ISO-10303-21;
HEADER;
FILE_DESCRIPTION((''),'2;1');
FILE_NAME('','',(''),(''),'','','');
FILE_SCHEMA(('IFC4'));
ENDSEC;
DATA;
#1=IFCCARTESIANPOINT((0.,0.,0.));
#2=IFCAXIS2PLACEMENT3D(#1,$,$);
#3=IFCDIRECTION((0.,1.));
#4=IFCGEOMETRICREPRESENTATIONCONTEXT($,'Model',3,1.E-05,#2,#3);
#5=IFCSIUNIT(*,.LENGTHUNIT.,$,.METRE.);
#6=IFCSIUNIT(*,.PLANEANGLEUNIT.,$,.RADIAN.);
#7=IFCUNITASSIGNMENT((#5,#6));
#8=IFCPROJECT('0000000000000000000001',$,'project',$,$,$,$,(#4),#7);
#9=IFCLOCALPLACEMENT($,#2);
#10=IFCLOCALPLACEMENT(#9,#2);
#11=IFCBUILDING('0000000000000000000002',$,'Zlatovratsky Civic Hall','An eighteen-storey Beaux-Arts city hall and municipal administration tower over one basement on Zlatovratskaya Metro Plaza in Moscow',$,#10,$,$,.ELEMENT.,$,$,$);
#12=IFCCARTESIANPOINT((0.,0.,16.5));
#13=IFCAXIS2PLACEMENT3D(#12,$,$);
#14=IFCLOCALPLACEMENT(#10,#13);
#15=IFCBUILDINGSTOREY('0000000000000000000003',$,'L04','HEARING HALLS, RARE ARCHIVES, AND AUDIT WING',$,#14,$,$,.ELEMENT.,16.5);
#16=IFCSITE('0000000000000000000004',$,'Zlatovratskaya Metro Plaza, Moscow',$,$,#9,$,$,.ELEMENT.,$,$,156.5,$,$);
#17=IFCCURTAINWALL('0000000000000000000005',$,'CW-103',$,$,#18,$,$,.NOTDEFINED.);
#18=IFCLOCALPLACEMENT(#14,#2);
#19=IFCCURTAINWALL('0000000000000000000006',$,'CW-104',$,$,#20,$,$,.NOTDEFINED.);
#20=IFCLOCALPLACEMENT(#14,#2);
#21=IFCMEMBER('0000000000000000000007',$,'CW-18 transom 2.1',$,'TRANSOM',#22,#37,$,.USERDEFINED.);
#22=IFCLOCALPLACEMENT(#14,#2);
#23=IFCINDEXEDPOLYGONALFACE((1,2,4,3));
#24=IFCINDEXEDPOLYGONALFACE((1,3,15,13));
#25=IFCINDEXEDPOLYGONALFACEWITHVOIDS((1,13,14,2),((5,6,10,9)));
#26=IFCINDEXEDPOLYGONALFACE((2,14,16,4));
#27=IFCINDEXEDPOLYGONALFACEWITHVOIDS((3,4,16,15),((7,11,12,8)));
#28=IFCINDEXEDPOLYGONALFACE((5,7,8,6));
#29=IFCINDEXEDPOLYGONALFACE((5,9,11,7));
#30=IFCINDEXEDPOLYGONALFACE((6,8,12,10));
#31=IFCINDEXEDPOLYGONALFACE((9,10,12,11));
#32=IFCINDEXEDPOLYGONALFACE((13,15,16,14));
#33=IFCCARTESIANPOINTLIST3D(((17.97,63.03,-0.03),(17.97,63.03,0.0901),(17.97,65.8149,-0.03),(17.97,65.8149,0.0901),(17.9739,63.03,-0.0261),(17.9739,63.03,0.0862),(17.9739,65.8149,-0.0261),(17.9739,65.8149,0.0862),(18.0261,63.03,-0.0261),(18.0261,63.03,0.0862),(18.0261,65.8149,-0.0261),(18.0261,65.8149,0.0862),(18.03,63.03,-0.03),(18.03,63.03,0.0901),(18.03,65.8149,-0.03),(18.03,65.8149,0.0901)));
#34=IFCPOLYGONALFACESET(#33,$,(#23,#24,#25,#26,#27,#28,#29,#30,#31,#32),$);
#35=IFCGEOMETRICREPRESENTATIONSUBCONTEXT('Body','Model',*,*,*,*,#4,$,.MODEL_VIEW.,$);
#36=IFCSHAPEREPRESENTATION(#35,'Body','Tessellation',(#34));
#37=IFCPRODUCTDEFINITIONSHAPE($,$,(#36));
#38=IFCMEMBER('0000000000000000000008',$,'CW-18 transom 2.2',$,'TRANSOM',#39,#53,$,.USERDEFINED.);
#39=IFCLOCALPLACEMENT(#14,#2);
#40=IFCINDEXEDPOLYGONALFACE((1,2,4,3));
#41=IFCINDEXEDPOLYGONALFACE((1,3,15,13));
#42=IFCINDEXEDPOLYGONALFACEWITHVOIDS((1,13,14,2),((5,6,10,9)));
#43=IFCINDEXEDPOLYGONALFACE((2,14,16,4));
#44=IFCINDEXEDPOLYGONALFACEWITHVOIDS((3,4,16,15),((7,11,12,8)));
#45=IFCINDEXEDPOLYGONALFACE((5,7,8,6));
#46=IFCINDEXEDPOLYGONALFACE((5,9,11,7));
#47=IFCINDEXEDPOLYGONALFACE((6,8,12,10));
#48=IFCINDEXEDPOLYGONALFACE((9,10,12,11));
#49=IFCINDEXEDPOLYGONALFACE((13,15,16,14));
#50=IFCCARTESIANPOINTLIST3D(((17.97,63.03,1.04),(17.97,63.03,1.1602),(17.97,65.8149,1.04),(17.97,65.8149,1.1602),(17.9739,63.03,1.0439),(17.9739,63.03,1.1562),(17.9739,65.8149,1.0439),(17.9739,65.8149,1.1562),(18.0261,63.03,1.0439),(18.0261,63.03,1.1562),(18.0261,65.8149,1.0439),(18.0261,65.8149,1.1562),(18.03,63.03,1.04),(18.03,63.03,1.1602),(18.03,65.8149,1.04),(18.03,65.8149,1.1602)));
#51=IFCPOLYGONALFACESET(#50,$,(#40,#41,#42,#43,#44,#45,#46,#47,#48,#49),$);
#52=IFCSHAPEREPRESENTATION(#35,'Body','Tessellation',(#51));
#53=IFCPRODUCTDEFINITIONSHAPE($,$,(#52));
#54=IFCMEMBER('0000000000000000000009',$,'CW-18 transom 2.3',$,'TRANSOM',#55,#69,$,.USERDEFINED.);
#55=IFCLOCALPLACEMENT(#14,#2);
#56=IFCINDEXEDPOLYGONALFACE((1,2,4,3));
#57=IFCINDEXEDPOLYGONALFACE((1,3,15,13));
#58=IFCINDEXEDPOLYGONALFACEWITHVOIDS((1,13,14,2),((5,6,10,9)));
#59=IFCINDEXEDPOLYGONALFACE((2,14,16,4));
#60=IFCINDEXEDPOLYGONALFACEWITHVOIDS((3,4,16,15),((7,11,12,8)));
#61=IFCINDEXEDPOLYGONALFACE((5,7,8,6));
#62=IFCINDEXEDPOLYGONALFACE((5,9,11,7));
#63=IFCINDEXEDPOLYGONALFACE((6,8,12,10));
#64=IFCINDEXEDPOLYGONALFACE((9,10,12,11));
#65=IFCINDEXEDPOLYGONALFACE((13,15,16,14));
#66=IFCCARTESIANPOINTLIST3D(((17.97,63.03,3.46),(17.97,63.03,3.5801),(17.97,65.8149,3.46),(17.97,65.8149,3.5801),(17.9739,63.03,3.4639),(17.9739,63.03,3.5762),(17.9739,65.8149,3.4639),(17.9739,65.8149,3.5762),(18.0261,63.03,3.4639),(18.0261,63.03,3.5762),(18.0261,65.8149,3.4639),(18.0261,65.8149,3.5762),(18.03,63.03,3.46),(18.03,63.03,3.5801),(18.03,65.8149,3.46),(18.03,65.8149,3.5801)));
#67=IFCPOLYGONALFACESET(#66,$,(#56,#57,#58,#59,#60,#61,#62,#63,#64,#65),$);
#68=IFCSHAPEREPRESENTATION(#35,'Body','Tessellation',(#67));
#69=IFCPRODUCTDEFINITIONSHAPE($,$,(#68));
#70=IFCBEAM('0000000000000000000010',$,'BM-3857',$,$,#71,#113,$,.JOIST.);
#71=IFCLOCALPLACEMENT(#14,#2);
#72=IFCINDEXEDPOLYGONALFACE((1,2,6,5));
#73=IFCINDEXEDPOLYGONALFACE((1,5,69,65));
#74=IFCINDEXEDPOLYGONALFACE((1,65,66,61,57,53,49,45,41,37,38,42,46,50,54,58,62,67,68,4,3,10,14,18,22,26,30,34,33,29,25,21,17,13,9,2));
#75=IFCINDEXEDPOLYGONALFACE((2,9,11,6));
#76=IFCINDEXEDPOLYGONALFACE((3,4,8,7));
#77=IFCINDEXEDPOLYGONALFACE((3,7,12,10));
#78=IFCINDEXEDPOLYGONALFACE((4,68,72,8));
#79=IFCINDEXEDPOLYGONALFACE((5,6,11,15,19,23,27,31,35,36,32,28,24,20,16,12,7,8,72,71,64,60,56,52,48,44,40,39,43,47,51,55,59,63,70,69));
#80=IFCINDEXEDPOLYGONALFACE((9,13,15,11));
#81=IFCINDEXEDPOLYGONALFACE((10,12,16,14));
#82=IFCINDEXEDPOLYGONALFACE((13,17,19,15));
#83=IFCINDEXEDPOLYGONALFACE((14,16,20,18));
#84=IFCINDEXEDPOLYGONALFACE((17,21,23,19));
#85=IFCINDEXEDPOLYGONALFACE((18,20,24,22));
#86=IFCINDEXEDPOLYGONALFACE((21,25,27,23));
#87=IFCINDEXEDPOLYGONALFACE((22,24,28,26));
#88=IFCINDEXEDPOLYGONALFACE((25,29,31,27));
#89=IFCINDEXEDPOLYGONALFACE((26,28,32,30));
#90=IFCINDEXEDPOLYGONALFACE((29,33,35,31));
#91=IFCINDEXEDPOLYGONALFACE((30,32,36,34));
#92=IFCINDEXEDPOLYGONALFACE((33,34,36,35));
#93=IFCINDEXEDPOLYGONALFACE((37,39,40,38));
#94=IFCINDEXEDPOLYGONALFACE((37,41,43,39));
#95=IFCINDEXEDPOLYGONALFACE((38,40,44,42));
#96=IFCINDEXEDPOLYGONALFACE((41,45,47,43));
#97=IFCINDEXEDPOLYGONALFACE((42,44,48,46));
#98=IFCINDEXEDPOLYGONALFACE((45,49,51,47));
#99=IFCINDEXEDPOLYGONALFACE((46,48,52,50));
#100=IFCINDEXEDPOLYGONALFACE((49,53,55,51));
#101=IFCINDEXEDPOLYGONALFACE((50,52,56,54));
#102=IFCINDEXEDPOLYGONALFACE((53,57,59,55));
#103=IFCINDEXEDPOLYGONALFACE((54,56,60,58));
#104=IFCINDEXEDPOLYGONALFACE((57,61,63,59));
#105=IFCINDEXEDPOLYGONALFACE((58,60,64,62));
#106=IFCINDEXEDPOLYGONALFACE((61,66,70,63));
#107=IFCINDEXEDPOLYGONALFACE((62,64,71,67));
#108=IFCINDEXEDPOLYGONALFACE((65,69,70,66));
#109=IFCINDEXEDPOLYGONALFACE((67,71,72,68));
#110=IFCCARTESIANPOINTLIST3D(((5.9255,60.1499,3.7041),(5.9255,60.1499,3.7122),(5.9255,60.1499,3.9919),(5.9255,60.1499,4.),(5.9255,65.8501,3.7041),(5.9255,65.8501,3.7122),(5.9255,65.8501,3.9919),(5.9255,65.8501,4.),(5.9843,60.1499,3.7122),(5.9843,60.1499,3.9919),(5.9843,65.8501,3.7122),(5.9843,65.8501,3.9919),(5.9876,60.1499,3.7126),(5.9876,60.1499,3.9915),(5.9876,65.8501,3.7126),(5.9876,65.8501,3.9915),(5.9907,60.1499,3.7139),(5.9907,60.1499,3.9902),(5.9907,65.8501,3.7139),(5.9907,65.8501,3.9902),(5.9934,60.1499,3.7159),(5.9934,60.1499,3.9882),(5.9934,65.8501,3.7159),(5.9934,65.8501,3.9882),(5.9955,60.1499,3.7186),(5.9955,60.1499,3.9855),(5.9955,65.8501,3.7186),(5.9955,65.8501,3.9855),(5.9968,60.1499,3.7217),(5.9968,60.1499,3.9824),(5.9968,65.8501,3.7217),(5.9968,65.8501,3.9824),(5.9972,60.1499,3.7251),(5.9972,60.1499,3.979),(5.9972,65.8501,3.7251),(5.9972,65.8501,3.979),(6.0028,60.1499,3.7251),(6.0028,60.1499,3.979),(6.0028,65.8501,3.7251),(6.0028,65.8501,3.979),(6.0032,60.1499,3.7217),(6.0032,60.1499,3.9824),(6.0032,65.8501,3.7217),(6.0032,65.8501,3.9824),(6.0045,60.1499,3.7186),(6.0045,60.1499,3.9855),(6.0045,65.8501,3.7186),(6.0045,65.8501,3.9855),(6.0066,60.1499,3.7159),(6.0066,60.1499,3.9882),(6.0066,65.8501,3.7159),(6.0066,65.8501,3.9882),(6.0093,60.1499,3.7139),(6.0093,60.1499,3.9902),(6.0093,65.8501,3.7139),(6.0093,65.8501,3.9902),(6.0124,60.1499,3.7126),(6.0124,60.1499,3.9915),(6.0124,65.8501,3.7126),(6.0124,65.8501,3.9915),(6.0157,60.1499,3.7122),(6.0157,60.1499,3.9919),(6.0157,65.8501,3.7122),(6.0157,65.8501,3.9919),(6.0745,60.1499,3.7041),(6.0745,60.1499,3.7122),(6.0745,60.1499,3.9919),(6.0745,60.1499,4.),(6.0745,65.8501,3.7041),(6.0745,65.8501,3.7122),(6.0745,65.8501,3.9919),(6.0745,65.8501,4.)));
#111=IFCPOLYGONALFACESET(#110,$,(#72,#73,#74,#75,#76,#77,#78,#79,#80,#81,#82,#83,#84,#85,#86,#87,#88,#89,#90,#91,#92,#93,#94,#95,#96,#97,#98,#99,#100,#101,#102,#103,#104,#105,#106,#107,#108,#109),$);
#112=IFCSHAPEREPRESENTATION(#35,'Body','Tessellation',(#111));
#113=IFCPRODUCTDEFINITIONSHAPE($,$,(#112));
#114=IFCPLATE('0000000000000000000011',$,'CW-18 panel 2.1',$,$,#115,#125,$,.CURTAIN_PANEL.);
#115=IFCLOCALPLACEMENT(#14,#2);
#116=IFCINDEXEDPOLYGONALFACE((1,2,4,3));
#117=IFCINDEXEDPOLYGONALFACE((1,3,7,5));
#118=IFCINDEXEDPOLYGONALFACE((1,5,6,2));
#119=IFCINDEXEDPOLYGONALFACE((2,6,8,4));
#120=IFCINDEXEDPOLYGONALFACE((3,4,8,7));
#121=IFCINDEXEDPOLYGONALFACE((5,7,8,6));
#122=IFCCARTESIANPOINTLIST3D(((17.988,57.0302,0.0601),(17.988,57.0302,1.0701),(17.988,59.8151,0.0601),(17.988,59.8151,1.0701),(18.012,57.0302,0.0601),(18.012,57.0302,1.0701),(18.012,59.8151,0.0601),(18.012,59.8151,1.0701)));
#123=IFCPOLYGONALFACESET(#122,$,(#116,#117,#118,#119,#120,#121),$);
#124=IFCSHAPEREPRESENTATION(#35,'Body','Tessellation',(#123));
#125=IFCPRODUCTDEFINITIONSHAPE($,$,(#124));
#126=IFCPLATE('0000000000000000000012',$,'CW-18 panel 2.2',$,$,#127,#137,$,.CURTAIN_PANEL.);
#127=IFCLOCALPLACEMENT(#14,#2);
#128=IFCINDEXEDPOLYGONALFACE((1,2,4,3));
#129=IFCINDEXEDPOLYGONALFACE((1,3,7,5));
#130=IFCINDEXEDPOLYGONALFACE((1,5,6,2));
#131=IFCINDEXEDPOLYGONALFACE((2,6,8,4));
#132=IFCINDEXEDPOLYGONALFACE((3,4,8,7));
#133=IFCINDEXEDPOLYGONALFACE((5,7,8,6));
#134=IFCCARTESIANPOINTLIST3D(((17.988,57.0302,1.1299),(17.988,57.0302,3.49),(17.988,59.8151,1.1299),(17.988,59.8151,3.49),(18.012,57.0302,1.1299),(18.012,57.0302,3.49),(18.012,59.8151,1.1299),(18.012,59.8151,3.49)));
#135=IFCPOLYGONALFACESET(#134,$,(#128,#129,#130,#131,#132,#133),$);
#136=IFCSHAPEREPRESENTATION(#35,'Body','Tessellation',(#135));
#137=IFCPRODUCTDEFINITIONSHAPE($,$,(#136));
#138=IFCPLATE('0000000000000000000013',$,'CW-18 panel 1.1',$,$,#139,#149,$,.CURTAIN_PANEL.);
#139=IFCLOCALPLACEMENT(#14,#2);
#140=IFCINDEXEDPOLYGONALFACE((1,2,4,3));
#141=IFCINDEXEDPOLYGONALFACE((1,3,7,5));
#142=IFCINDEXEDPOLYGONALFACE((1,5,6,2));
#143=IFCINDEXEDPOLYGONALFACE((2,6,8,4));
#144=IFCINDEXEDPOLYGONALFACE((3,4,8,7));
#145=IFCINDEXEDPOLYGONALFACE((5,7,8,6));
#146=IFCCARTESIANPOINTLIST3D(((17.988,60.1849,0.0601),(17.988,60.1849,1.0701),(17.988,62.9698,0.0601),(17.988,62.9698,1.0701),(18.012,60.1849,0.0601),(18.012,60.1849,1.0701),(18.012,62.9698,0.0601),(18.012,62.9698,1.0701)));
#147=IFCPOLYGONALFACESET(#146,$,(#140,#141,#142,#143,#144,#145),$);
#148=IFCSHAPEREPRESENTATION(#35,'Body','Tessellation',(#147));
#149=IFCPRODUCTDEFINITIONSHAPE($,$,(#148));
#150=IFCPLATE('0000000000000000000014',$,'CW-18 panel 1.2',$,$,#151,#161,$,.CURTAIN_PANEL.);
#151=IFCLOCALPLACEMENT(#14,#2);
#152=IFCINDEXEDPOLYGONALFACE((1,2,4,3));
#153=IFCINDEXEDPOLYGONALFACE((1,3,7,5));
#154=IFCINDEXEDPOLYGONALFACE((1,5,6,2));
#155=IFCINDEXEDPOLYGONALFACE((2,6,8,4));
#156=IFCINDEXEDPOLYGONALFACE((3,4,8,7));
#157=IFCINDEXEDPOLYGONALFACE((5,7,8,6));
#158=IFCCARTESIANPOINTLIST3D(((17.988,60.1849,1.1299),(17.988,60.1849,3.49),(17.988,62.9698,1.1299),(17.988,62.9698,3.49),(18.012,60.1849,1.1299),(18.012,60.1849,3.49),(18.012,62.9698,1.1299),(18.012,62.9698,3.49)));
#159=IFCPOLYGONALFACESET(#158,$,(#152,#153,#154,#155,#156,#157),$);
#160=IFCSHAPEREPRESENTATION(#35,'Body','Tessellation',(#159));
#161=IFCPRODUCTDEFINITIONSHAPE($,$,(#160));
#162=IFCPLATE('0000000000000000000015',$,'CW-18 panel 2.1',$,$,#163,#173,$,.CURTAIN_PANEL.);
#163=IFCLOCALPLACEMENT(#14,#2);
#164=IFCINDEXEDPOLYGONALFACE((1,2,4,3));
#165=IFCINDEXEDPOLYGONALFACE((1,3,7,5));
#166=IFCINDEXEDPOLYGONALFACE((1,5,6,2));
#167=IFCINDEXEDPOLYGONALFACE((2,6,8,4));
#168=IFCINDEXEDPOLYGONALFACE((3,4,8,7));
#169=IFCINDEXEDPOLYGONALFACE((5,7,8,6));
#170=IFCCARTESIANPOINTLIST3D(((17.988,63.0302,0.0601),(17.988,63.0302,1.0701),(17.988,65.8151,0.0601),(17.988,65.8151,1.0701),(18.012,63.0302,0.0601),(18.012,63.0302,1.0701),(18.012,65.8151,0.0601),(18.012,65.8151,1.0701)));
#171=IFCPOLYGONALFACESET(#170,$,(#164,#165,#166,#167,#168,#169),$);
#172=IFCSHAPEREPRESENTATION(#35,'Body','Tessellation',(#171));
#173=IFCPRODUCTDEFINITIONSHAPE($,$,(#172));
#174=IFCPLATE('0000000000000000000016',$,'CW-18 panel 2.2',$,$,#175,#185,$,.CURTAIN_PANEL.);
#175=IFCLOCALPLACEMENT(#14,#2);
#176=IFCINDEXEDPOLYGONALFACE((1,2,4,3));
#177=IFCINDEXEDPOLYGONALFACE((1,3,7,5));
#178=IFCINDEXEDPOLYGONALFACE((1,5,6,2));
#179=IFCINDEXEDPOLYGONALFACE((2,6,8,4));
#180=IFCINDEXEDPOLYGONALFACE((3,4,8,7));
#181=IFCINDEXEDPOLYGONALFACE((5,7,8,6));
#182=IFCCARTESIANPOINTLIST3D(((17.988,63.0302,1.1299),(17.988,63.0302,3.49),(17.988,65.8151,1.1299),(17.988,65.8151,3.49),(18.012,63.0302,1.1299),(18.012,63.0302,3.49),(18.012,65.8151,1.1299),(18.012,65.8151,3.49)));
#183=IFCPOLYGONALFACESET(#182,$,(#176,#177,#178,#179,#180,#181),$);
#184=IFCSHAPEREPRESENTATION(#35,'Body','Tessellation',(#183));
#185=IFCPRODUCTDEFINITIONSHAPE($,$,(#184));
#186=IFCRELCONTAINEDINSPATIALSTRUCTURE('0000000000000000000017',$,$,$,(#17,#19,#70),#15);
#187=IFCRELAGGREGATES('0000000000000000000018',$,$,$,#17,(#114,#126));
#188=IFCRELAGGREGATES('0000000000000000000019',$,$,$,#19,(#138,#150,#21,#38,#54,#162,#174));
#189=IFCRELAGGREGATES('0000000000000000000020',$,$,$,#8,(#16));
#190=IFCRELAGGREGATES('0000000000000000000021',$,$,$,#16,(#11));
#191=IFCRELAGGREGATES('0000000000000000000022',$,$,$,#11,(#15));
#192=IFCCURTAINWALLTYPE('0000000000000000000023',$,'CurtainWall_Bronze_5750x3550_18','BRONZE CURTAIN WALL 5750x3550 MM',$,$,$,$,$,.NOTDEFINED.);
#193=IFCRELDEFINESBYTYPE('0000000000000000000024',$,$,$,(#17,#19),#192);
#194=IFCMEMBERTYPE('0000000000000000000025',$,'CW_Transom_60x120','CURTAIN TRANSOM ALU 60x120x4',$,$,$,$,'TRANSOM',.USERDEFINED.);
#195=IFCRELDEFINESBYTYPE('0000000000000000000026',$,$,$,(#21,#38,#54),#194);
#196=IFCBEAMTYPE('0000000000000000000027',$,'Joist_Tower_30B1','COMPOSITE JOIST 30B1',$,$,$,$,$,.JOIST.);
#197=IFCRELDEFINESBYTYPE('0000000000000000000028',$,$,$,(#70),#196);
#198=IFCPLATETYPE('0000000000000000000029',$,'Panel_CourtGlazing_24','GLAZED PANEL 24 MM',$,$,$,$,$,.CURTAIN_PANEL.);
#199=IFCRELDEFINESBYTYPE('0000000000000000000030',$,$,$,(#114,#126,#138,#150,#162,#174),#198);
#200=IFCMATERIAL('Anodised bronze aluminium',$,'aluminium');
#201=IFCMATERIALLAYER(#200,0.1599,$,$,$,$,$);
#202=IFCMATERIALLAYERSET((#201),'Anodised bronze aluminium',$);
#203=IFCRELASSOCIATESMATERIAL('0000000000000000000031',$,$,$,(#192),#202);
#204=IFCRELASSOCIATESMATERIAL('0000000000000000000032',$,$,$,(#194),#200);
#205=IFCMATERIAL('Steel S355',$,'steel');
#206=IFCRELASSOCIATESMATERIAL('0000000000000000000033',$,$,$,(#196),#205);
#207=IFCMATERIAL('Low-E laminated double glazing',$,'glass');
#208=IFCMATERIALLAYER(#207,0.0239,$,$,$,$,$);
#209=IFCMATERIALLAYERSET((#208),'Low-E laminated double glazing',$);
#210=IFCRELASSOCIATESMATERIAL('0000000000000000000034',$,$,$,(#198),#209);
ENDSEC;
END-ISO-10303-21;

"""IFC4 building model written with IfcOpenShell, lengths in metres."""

from ifc_helpers import new_model, si_unit, direction, frame, origin, origin_2d, place, context, subcontext, project, spatial, rectangle, hollow_rectangle, i_section, extrude, material, layer, layer_set, material_profile, profile_set, type_object, element, aggregate, save


model = new_model("IFC4")

# Units and contexts
model_context = context("Model", 3, precision=1e-05, world=origin(), true_north=direction((0.0, 1.0)))
body_context = subcontext(model_context, "Body", "Model", "MODEL_VIEW")
ifc_project = project(units=[si_unit("LENGTHUNIT", "METRE"), si_unit("PLANEANGLEUNIT", "RADIAN")], contexts=[model_context])

# Site, building, storey
site_placement = place(None, origin())
site = spatial("IfcSite", under=ifc_project, at=site_placement, Name="Zlatovratskaya Metro Plaza, Moscow", CompositionType="ELEMENT", RefElevation=156.5)
building_placement = place(site_placement, origin())
building = spatial("IfcBuilding", under=site, at=building_placement, Name="Zlatovratsky Civic Hall", Description="An eighteen-storey Beaux-Arts city hall and municipal administration tower over one basement on Zlatovratskaya Metro Plaza in Moscow", CompositionType="ELEMENT")
storey_placement = place(building_placement, frame((0.0, 0.0, 16.5)))
storey = spatial("IfcBuildingStorey", under=building, at=storey_placement, Name="L04", Description="HEARING HALLS, RARE ARCHIVES, AND AUDIT WING", CompositionType="ELEMENT", Elevation=16.5)

# Shared definitions
ifc_material_1 = material(Name="Steel S355", Category="steel")

# Curtain walls
ifc_material_2 = material(Name="Anodised bronze aluminium", Category="aluminium")
ifc_layer_1 = layer(ifc_material_2, 0.1599)
ifc_layer_set_1 = layer_set([ifc_layer_1], Name="Anodised bronze aluminium")
curtain_wall_type = type_object("IfcCurtainWallType", Name="CurtainWall_Bronze_5750x3550_18", Description="BRONZE CURTAIN WALL 5750x3550 MM", PredefinedType="NOTDEFINED", material=ifc_layer_set_1)
curtain_wall_1_placement = place(storey_placement, origin())
curtain_wall_1 = element("IfcCurtainWall", 1, at=curtain_wall_1_placement, inside=storey, type_object=curtain_wall_type, Name="CW-103", PredefinedType="NOTDEFINED")
curtain_wall_2_placement = place(storey_placement, origin())
curtain_wall_2 = element("IfcCurtainWall", 2, at=curtain_wall_2_placement, inside=storey, type_object=curtain_wall_type, Name="CW-104", PredefinedType="NOTDEFINED")

# Members
ifc_material_profile_1 = material_profile(ifc_material_2, hollow_rectangle(XDim=0.0601, YDim=0.1201, WallThickness=0.0039, at=origin_2d()), Name="ALU 60x120x4")
ifc_profile_set_1 = profile_set([ifc_material_profile_1], Name="Anodised bronze aluminium")
member_type_1 = type_object("IfcMemberType", Name="CW_Transom_60x120", Description="CURTAIN TRANSOM ALU 60x120x4", ElementType="TRANSOM", PredefinedType="USERDEFINED", material=ifc_profile_set_1)
member_1_placement = place(storey_placement, frame((18.0, 63.03, 0.03), z_axis=(0.0, 1.0, 0.0), x_axis=(-1.0, 0.0, 0.0)))
member_1 = element("IfcMember", 3, at=member_1_placement, type_object=member_type_1, Name="CW-18 transom 2.1", ObjectType="TRANSOM", PredefinedType="USERDEFINED", context=body_context, shape_type="SweptSolid", body=[
    extrude(hollow_rectangle(XDim=0.0601, YDim=0.1201, WallThickness=0.0039, at=origin_2d()), origin(), (0.0, 0.0, 1.0), 2.7849),
])
member_2_placement = place(storey_placement, frame((18.0, 63.03, 1.1001), z_axis=(0.0, 1.0, 0.0), x_axis=(-1.0, 0.0, 0.0)))
member_2 = element("IfcMember", 4, at=member_2_placement, type_object=member_type_1, Name="CW-18 transom 2.2", ObjectType="TRANSOM", PredefinedType="USERDEFINED", context=body_context, shape_type="SweptSolid", body=[
    extrude(hollow_rectangle(XDim=0.0601, YDim=0.1201, WallThickness=0.0039, at=origin_2d()), origin(), (0.0, 0.0, 1.0), 2.7849),
])
member_3_placement = place(storey_placement, frame((18.0, 63.03, 3.52), z_axis=(0.0, 1.0, 0.0), x_axis=(-1.0, 0.0, 0.0)))
member_3 = element("IfcMember", 5, at=member_3_placement, type_object=member_type_1, Name="CW-18 transom 2.3", ObjectType="TRANSOM", PredefinedType="USERDEFINED", context=body_context, shape_type="SweptSolid", body=[
    extrude(hollow_rectangle(XDim=0.0601, YDim=0.1201, WallThickness=0.0039, at=origin_2d()), origin(), (0.0, 0.0, 1.0), 2.7849),
])

# Beam
ifc_material_profile_2 = material_profile(ifc_material_1, i_section(OverallWidth=0.1489, OverallDepth=0.2959, WebThickness=0.0056, FlangeThickness=0.0081, FilletRadius=0.0129, at=origin_2d()), Name="30B1")
ifc_profile_set_2 = profile_set([ifc_material_profile_2], Name="Steel S355")
beam_type_1 = type_object("IfcBeamType", Name="Joist_Tower_30B1", Description="COMPOSITE JOIST 30B1", PredefinedType="JOIST", material=ifc_profile_set_2)
beam_1_placement = place(storey_placement, frame((6.0, 60.1499, 3.8521), z_axis=(0.0, 1.0, 0.0), x_axis=(-1.0, 0.0, 0.0)))
element("IfcBeam", 6, at=beam_1_placement, inside=storey, type_object=beam_type_1, Name="BM-3857", PredefinedType="JOIST", context=body_context, shape_type="SweptSolid", body=[
    extrude(i_section(OverallWidth=0.1489, OverallDepth=0.2959, WebThickness=0.0056, FlangeThickness=0.0081, FilletRadius=0.0129, at=origin_2d()), origin(), (0.0, 0.0, 1.0), 5.7002),
])

# Plates
ifc_material_3 = material(Name="Low-E laminated double glazing", Category="glass")
ifc_layer_2 = layer(ifc_material_3, 0.0239)
ifc_layer_set_2 = layer_set([ifc_layer_2], Name="Low-E laminated double glazing")
plate_type = type_object("IfcPlateType", Name="Panel_CourtGlazing_24", Description="GLAZED PANEL 24 MM", PredefinedType="CURTAIN_PANEL", material=ifc_layer_set_2)
plate_1_placement = place(storey_placement, frame((18.0, 58.4226, 0.0601), z_axis=(0.0, 0.0, 1.0), x_axis=(0.0, 1.0, 0.0)))
plate_1 = element("IfcPlate", 7, at=plate_1_placement, type_object=plate_type, Name="CW-18 panel 2.1", PredefinedType="CURTAIN_PANEL", context=body_context, shape_type="SweptSolid", body=[
    extrude(rectangle(XDim=2.7849, YDim=0.0239, at=origin_2d()), origin(), (0.0, 0.0, 1.0), 1.01),
])
plate_2_placement = place(storey_placement, frame((18.0, 58.4226, 1.1299), z_axis=(0.0, 0.0, 1.0), x_axis=(0.0, 1.0, 0.0)))
plate_2 = element("IfcPlate", 8, at=plate_2_placement, type_object=plate_type, Name="CW-18 panel 2.2", PredefinedType="CURTAIN_PANEL", context=body_context, shape_type="SweptSolid", body=[
    extrude(rectangle(XDim=2.7849, YDim=0.0239, at=origin_2d()), origin(), (0.0, 0.0, 1.0), 2.3601),
])
aggregate(curtain_wall_1, [plate_1, plate_2])
plate_3_placement = place(storey_placement, frame((18.0, 61.5774, 0.0601), z_axis=(0.0, 0.0, 1.0), x_axis=(0.0, 1.0, 0.0)))
plate_3 = element("IfcPlate", 9, at=plate_3_placement, type_object=plate_type, Name="CW-18 panel 1.1", PredefinedType="CURTAIN_PANEL", context=body_context, shape_type="SweptSolid", body=[
    extrude(rectangle(XDim=2.7849, YDim=0.0239, at=origin_2d()), origin(), (0.0, 0.0, 1.0), 1.01),
])
plate_4_placement = place(storey_placement, frame((18.0, 61.5774, 1.1299), z_axis=(0.0, 0.0, 1.0), x_axis=(0.0, 1.0, 0.0)))
plate_4 = element("IfcPlate", 10, at=plate_4_placement, type_object=plate_type, Name="CW-18 panel 1.2", PredefinedType="CURTAIN_PANEL", context=body_context, shape_type="SweptSolid", body=[
    extrude(rectangle(XDim=2.7849, YDim=0.0239, at=origin_2d()), origin(), (0.0, 0.0, 1.0), 2.3601),
])
plate_5_placement = place(storey_placement, frame((18.0, 64.4226, 0.0601), z_axis=(0.0, 0.0, 1.0), x_axis=(0.0, 1.0, 0.0)))
plate_5 = element("IfcPlate", 11, at=plate_5_placement, type_object=plate_type, Name="CW-18 panel 2.1", PredefinedType="CURTAIN_PANEL", context=body_context, shape_type="SweptSolid", body=[
    extrude(rectangle(XDim=2.7849, YDim=0.0239, at=origin_2d()), origin(), (0.0, 0.0, 1.0), 1.01),
])
plate_6_placement = place(storey_placement, frame((18.0, 64.4226, 1.1299), z_axis=(0.0, 0.0, 1.0), x_axis=(0.0, 1.0, 0.0)))
plate_6 = element("IfcPlate", 12, at=plate_6_placement, type_object=plate_type, Name="CW-18 panel 2.2", PredefinedType="CURTAIN_PANEL", context=body_context, shape_type="SweptSolid", body=[
    extrude(rectangle(XDim=2.7849, YDim=0.0239, at=origin_2d()), origin(), (0.0, 0.0, 1.0), 2.3601),
])
aggregate(curtain_wall_2, [plate_3, plate_4, member_1, member_2, member_3, plate_5, plate_6])

save(model, "model.ifc")
